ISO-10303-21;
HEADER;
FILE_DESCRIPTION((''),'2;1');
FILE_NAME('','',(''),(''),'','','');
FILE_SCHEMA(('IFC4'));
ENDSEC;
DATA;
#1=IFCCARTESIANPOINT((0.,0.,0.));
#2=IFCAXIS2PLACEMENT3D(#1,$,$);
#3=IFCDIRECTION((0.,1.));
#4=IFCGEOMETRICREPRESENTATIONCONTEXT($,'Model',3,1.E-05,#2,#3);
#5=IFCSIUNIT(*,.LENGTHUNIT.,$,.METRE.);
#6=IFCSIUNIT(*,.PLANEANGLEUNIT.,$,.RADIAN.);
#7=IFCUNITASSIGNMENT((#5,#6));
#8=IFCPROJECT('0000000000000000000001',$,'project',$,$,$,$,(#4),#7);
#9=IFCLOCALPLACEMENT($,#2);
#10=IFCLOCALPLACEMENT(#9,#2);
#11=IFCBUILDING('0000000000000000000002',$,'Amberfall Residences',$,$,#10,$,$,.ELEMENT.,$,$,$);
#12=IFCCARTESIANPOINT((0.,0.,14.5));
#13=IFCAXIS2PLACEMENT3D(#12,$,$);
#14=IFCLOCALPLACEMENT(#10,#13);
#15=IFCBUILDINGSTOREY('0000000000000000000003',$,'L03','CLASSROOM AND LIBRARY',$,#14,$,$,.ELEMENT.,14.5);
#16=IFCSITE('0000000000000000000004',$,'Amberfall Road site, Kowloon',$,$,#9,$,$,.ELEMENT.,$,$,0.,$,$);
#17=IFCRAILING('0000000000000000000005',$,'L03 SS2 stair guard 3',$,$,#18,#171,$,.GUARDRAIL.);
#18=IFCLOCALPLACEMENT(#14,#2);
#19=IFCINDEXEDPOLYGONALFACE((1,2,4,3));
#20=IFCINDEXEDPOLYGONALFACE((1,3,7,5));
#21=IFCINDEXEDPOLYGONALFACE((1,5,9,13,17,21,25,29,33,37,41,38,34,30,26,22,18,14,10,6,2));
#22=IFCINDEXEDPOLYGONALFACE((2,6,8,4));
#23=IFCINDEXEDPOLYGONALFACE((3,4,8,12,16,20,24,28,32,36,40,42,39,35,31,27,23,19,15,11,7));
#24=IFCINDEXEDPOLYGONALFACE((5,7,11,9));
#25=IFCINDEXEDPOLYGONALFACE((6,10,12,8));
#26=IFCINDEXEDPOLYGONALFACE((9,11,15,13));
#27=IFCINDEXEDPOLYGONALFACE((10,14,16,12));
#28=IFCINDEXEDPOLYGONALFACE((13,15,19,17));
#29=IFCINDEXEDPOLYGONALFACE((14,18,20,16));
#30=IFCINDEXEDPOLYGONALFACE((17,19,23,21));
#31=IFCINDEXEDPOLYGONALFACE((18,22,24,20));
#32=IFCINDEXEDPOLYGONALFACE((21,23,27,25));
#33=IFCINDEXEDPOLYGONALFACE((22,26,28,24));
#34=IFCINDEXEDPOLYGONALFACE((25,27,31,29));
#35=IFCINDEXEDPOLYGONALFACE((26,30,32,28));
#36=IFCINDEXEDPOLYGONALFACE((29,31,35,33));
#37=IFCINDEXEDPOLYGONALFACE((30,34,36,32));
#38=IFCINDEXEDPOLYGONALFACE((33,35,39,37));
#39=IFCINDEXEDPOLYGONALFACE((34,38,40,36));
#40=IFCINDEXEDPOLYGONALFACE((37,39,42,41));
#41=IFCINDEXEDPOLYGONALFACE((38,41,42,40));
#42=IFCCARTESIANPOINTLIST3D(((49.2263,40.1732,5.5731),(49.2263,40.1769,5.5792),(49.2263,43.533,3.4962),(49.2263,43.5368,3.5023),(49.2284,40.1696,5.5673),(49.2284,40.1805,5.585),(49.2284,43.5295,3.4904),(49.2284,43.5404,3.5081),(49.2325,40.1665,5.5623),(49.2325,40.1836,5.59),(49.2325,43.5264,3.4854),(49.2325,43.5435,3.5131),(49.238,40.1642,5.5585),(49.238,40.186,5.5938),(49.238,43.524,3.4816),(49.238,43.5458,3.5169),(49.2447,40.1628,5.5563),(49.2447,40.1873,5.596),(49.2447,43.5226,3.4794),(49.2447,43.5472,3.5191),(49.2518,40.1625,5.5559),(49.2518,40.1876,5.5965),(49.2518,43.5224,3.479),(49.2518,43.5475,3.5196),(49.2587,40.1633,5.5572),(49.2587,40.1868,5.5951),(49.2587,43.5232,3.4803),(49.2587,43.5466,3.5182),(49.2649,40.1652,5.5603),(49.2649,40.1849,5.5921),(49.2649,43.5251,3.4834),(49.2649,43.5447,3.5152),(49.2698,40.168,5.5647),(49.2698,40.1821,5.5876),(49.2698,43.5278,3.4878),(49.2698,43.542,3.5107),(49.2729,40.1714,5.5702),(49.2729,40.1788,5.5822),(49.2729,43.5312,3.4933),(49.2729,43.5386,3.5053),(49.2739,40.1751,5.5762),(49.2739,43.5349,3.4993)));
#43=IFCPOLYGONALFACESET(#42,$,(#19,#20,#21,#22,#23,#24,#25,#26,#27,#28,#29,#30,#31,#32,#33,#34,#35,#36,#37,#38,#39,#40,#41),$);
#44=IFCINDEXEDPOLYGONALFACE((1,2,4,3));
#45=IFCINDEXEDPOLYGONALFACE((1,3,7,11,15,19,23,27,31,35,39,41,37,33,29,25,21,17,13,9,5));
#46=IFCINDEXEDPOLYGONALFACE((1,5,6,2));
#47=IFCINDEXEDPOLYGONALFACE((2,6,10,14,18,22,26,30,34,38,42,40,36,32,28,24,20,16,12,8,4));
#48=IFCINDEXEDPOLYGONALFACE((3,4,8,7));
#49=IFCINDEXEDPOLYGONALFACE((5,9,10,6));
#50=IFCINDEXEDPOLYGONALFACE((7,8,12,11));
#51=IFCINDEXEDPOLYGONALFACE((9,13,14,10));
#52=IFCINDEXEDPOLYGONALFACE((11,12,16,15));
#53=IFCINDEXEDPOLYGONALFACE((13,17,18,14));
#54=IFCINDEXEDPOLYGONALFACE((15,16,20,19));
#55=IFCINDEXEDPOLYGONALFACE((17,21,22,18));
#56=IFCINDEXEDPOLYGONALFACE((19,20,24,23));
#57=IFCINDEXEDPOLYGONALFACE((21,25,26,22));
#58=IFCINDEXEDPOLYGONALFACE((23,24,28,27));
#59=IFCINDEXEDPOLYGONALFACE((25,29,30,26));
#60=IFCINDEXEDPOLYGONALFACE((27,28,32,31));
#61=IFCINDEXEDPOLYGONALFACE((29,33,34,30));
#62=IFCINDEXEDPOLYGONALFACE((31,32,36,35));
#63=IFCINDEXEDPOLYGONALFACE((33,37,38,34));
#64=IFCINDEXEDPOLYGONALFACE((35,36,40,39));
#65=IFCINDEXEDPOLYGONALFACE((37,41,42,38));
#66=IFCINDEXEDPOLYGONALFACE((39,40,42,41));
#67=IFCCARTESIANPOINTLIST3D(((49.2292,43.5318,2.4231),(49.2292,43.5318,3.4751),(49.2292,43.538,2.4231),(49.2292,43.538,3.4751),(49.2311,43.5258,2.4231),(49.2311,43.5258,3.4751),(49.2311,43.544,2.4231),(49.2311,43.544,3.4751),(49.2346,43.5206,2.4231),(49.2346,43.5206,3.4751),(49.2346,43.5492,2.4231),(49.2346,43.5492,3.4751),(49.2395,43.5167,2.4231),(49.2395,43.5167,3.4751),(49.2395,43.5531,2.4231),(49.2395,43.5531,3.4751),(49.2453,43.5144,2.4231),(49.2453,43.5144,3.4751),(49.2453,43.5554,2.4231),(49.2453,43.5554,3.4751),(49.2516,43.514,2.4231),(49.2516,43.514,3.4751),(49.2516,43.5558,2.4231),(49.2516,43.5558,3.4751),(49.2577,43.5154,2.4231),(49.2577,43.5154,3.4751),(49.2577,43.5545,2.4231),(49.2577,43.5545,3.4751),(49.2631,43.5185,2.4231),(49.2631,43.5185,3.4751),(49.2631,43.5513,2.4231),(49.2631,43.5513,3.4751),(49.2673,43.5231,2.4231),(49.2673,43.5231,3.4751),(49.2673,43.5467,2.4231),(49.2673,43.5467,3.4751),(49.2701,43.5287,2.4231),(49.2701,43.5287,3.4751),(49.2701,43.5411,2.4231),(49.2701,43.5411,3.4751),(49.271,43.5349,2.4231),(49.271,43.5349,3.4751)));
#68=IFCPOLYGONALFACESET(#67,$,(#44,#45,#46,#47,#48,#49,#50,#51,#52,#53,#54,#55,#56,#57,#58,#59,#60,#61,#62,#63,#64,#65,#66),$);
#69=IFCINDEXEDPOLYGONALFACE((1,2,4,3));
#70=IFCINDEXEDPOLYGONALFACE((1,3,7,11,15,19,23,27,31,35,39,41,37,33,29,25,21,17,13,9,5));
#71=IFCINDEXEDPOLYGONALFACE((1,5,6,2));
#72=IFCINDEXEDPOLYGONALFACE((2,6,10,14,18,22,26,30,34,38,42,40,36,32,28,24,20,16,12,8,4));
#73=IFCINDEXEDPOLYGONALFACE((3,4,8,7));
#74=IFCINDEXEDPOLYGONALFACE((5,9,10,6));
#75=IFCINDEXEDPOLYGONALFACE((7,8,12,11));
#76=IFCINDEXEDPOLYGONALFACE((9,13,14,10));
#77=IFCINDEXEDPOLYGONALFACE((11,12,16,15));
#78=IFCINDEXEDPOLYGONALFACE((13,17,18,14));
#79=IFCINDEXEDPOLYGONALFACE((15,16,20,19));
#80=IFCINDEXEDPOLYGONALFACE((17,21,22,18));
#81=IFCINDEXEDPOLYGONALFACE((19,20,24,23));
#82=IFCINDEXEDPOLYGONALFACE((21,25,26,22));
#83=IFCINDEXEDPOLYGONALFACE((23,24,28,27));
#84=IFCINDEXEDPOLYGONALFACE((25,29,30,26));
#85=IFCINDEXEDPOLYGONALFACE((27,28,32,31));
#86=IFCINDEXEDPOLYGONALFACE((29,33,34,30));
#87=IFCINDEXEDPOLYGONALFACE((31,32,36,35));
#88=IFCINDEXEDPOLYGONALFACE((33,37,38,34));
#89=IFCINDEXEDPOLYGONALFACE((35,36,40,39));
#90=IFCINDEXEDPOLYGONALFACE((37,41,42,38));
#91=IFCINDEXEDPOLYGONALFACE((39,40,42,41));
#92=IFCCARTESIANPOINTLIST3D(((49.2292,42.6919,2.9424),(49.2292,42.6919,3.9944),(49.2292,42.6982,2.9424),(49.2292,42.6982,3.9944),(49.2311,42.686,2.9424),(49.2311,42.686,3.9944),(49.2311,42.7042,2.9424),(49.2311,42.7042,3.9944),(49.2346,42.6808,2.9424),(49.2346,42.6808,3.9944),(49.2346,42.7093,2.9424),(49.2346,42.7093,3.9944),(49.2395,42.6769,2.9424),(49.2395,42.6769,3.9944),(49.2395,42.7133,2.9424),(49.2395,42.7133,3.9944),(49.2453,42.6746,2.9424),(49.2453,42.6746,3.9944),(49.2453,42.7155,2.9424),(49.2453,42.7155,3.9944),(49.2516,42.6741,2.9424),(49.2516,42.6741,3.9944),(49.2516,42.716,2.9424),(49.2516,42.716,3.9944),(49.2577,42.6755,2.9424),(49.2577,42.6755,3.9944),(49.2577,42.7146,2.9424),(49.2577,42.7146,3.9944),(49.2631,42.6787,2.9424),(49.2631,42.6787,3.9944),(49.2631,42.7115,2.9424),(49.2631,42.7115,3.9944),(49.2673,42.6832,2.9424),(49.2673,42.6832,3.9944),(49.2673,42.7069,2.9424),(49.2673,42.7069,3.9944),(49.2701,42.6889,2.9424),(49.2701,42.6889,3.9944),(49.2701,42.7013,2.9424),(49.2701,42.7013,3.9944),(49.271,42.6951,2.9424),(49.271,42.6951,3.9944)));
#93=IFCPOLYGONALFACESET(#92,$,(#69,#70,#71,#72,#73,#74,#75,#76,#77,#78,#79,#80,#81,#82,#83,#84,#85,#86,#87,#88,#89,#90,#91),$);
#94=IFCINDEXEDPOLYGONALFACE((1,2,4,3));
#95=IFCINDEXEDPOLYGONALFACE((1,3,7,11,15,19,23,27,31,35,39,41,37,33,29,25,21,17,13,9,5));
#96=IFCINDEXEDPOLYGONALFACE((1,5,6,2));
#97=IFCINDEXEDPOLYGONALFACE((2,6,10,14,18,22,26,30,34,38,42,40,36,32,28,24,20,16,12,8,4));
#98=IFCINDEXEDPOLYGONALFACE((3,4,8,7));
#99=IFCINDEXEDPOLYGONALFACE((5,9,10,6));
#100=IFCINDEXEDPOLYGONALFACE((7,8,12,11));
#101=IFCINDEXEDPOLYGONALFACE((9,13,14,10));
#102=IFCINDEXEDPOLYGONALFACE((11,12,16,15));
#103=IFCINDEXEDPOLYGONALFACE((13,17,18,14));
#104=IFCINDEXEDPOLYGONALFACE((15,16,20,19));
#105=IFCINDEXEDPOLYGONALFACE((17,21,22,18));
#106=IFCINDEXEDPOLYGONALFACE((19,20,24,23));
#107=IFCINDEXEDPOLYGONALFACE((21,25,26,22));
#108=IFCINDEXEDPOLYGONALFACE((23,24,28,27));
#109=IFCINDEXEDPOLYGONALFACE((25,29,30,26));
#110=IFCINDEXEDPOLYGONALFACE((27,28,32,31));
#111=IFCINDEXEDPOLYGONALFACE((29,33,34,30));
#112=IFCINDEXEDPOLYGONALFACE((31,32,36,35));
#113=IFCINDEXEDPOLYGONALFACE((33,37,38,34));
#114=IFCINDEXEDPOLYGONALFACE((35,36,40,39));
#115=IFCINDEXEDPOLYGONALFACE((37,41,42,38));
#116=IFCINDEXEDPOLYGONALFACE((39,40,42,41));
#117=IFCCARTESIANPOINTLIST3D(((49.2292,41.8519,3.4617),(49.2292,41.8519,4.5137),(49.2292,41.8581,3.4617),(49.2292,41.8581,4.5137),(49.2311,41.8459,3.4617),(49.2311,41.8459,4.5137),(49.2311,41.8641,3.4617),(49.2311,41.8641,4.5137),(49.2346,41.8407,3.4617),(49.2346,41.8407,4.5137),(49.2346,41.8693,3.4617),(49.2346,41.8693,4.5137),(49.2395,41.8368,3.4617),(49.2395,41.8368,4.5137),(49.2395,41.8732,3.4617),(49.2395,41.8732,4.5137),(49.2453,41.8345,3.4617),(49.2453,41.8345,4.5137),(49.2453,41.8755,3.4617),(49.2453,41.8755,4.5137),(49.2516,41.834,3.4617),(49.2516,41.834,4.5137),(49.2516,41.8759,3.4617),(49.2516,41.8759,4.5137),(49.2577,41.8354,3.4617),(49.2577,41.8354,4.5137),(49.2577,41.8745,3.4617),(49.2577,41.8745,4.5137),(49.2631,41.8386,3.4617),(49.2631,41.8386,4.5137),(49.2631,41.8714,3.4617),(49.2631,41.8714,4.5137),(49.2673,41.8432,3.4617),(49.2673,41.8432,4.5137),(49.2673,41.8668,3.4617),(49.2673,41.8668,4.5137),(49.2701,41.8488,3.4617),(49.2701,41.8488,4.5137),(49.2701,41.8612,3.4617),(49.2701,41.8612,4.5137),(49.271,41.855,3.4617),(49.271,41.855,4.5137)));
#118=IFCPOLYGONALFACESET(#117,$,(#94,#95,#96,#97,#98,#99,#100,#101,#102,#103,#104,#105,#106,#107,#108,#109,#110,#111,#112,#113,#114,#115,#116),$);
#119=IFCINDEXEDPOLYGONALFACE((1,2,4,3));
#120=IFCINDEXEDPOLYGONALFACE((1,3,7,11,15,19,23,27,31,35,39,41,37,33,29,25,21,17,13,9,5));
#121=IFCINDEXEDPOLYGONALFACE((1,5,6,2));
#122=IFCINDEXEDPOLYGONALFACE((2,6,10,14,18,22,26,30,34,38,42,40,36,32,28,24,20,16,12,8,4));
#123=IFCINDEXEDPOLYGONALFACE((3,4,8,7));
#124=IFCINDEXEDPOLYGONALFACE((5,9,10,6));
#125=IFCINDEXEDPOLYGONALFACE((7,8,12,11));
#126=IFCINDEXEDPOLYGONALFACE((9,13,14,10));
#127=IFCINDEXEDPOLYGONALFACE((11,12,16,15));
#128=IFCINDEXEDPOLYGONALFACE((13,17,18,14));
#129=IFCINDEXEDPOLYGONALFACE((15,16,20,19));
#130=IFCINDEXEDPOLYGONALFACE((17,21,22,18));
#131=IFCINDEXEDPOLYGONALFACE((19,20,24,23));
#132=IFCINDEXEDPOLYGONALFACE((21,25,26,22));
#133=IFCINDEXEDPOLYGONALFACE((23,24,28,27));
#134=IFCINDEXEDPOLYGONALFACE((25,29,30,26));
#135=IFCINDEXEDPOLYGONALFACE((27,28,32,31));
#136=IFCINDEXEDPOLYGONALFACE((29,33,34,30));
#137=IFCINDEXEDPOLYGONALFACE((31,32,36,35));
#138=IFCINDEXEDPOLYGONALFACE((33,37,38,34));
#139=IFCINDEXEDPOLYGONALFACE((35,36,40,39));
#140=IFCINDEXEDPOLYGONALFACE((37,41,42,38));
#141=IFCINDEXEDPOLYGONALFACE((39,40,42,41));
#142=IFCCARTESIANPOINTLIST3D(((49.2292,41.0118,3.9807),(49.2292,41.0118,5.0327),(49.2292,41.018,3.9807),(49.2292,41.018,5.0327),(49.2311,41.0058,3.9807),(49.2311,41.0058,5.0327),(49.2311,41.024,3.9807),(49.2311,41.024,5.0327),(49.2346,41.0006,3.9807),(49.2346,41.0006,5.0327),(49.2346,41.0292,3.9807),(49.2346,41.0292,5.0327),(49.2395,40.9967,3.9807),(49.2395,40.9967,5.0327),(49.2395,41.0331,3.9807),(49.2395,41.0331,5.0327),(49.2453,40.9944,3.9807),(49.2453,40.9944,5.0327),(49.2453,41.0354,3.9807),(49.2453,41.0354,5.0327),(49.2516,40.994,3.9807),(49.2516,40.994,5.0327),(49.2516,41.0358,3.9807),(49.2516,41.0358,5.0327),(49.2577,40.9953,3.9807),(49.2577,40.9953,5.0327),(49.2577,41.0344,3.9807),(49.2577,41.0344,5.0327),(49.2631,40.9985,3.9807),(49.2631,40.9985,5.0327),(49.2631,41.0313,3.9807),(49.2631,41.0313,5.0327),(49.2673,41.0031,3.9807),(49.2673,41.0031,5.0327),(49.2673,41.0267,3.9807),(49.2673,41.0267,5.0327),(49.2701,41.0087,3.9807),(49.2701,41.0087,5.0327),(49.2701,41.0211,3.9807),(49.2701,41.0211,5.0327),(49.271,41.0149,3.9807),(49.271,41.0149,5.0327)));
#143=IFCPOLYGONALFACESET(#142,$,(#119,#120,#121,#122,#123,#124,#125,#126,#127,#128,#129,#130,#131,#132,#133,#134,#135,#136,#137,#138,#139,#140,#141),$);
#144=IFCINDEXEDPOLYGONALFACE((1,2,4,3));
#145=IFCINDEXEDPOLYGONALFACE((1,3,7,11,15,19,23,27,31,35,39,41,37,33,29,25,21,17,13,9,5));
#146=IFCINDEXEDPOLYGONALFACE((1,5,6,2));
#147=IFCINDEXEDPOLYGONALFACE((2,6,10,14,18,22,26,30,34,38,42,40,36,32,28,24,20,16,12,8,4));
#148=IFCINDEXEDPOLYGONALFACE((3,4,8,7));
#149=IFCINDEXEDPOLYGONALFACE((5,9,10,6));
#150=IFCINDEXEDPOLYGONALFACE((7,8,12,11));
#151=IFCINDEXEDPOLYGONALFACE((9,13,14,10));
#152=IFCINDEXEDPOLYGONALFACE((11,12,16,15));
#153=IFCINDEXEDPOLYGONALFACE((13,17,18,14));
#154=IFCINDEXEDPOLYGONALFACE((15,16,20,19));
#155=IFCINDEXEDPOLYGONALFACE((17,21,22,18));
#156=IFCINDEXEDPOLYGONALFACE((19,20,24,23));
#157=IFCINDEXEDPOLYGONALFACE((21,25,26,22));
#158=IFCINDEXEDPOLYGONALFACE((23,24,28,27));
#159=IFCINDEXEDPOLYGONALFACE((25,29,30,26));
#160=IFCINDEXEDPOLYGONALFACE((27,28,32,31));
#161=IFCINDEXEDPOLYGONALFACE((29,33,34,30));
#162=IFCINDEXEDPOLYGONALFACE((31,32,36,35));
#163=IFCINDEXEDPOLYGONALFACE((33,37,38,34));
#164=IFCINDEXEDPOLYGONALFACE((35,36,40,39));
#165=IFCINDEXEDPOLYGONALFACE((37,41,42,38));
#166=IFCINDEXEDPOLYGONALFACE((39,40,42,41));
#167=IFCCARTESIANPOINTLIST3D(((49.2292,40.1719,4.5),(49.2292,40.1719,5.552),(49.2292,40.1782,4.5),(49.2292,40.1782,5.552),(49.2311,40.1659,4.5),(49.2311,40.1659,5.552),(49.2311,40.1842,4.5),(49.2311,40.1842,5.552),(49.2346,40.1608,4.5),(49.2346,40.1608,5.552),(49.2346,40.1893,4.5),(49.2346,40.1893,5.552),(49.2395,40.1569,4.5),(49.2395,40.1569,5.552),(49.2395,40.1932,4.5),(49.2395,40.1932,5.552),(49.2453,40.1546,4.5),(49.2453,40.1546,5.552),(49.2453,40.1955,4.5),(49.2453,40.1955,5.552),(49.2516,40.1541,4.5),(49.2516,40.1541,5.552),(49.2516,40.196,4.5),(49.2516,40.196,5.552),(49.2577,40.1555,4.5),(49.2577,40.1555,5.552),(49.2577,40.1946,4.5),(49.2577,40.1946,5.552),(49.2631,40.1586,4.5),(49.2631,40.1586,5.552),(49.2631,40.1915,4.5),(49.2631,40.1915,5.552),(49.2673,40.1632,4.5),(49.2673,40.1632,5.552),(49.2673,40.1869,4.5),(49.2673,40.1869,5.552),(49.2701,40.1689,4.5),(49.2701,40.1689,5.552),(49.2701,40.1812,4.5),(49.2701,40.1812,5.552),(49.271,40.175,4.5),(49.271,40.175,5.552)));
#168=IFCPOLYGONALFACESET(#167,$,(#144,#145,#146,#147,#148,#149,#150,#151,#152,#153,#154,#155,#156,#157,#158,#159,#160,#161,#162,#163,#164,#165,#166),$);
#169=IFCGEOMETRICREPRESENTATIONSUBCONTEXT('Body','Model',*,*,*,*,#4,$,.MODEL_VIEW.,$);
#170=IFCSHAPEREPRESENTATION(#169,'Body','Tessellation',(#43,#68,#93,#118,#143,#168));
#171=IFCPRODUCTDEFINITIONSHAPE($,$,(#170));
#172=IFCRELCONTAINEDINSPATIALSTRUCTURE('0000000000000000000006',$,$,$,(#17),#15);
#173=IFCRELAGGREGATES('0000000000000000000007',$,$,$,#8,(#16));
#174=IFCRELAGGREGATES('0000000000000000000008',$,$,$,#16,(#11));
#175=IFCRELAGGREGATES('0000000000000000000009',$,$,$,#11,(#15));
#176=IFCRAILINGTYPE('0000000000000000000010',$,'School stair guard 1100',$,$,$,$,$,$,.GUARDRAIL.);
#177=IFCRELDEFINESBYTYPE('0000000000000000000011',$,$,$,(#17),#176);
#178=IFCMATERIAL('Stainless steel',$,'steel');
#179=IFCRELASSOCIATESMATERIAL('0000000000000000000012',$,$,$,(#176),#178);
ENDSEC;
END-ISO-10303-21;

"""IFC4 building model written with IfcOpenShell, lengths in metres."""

from ifc_helpers import new_model, si_unit, direction, frame, origin, origin_2d, place, context, subcontext, project, spatial, circle, extrude, material, type_object, element, save


model = new_model("IFC4")

# Units and contexts
model_context = context("Model", 3, precision=1e-05, world=origin(), true_north=direction((0.0, 1.0)))
body_context = subcontext(model_context, "Body", "Model", "MODEL_VIEW")
ifc_project = project(units=[si_unit("LENGTHUNIT", "METRE"), si_unit("PLANEANGLEUNIT", "RADIAN")], contexts=[model_context])

# Site, building, storey
site_placement = place(None, origin())
site = spatial("IfcSite", under=ifc_project, at=site_placement, Name="Amberfall Road site, Kowloon", CompositionType="ELEMENT", RefElevation=0.0)
building_placement = place(site_placement, origin())
building = spatial("IfcBuilding", under=site, at=building_placement, Name="Amberfall Residences", CompositionType="ELEMENT")
storey_placement = place(building_placement, frame((0.0, 0.0, 14.5)))
storey = spatial("IfcBuildingStorey", under=building, at=storey_placement, Name="L03", Description="CLASSROOM AND LIBRARY", CompositionType="ELEMENT", Elevation=14.5)

# Railing
ifc_material_1 = material(Name="Stainless steel", Category="steel")
railing_type_1 = type_object("IfcRailingType", Name="School stair guard 1100", PredefinedType="GUARDRAIL", material=ifc_material_1)
railing_1_placement = place(storey_placement, frame((49.25, 43.5349, 2.4231)))
element("IfcRailing", 1, at=railing_1_placement, inside=storey, type_object=railing_type_1, Name="L03 SS2 stair guard 3", PredefinedType="GUARDRAIL", context=body_context, shape_type="SweptSolid", body=[
    extrude(circle(Radius=0.0239, at=origin_2d()), frame((0.0, 0.0, 1.0762), z_axis=(0.0, -0.850606, 0.525803), x_axis=(1.0, 0.0, 0.0)), (0.0, 0.0, 1.0), 3.95),
    extrude(circle(Radius=0.021, at=origin_2d()), origin(), (0.0, 0.0, 1.0), 1.052),
    extrude(circle(Radius=0.021, at=origin_2d()), frame((0.0, -0.8398, 0.5193)), (0.0, 0.0, 1.0), 1.052),
    extrude(circle(Radius=0.021, at=origin_2d()), frame((0.0, -1.6799, 1.0386)), (0.0, 0.0, 1.0), 1.052),
    extrude(circle(Radius=0.021, at=origin_2d()), frame((0.0, -2.52, 1.5576)), (0.0, 0.0, 1.0), 1.052),
    extrude(circle(Radius=0.021, at=origin_2d()), frame((0.0, -3.3599, 2.0769)), (0.0, 0.0, 1.0), 1.052),
])

save(model, "model.ifc")
